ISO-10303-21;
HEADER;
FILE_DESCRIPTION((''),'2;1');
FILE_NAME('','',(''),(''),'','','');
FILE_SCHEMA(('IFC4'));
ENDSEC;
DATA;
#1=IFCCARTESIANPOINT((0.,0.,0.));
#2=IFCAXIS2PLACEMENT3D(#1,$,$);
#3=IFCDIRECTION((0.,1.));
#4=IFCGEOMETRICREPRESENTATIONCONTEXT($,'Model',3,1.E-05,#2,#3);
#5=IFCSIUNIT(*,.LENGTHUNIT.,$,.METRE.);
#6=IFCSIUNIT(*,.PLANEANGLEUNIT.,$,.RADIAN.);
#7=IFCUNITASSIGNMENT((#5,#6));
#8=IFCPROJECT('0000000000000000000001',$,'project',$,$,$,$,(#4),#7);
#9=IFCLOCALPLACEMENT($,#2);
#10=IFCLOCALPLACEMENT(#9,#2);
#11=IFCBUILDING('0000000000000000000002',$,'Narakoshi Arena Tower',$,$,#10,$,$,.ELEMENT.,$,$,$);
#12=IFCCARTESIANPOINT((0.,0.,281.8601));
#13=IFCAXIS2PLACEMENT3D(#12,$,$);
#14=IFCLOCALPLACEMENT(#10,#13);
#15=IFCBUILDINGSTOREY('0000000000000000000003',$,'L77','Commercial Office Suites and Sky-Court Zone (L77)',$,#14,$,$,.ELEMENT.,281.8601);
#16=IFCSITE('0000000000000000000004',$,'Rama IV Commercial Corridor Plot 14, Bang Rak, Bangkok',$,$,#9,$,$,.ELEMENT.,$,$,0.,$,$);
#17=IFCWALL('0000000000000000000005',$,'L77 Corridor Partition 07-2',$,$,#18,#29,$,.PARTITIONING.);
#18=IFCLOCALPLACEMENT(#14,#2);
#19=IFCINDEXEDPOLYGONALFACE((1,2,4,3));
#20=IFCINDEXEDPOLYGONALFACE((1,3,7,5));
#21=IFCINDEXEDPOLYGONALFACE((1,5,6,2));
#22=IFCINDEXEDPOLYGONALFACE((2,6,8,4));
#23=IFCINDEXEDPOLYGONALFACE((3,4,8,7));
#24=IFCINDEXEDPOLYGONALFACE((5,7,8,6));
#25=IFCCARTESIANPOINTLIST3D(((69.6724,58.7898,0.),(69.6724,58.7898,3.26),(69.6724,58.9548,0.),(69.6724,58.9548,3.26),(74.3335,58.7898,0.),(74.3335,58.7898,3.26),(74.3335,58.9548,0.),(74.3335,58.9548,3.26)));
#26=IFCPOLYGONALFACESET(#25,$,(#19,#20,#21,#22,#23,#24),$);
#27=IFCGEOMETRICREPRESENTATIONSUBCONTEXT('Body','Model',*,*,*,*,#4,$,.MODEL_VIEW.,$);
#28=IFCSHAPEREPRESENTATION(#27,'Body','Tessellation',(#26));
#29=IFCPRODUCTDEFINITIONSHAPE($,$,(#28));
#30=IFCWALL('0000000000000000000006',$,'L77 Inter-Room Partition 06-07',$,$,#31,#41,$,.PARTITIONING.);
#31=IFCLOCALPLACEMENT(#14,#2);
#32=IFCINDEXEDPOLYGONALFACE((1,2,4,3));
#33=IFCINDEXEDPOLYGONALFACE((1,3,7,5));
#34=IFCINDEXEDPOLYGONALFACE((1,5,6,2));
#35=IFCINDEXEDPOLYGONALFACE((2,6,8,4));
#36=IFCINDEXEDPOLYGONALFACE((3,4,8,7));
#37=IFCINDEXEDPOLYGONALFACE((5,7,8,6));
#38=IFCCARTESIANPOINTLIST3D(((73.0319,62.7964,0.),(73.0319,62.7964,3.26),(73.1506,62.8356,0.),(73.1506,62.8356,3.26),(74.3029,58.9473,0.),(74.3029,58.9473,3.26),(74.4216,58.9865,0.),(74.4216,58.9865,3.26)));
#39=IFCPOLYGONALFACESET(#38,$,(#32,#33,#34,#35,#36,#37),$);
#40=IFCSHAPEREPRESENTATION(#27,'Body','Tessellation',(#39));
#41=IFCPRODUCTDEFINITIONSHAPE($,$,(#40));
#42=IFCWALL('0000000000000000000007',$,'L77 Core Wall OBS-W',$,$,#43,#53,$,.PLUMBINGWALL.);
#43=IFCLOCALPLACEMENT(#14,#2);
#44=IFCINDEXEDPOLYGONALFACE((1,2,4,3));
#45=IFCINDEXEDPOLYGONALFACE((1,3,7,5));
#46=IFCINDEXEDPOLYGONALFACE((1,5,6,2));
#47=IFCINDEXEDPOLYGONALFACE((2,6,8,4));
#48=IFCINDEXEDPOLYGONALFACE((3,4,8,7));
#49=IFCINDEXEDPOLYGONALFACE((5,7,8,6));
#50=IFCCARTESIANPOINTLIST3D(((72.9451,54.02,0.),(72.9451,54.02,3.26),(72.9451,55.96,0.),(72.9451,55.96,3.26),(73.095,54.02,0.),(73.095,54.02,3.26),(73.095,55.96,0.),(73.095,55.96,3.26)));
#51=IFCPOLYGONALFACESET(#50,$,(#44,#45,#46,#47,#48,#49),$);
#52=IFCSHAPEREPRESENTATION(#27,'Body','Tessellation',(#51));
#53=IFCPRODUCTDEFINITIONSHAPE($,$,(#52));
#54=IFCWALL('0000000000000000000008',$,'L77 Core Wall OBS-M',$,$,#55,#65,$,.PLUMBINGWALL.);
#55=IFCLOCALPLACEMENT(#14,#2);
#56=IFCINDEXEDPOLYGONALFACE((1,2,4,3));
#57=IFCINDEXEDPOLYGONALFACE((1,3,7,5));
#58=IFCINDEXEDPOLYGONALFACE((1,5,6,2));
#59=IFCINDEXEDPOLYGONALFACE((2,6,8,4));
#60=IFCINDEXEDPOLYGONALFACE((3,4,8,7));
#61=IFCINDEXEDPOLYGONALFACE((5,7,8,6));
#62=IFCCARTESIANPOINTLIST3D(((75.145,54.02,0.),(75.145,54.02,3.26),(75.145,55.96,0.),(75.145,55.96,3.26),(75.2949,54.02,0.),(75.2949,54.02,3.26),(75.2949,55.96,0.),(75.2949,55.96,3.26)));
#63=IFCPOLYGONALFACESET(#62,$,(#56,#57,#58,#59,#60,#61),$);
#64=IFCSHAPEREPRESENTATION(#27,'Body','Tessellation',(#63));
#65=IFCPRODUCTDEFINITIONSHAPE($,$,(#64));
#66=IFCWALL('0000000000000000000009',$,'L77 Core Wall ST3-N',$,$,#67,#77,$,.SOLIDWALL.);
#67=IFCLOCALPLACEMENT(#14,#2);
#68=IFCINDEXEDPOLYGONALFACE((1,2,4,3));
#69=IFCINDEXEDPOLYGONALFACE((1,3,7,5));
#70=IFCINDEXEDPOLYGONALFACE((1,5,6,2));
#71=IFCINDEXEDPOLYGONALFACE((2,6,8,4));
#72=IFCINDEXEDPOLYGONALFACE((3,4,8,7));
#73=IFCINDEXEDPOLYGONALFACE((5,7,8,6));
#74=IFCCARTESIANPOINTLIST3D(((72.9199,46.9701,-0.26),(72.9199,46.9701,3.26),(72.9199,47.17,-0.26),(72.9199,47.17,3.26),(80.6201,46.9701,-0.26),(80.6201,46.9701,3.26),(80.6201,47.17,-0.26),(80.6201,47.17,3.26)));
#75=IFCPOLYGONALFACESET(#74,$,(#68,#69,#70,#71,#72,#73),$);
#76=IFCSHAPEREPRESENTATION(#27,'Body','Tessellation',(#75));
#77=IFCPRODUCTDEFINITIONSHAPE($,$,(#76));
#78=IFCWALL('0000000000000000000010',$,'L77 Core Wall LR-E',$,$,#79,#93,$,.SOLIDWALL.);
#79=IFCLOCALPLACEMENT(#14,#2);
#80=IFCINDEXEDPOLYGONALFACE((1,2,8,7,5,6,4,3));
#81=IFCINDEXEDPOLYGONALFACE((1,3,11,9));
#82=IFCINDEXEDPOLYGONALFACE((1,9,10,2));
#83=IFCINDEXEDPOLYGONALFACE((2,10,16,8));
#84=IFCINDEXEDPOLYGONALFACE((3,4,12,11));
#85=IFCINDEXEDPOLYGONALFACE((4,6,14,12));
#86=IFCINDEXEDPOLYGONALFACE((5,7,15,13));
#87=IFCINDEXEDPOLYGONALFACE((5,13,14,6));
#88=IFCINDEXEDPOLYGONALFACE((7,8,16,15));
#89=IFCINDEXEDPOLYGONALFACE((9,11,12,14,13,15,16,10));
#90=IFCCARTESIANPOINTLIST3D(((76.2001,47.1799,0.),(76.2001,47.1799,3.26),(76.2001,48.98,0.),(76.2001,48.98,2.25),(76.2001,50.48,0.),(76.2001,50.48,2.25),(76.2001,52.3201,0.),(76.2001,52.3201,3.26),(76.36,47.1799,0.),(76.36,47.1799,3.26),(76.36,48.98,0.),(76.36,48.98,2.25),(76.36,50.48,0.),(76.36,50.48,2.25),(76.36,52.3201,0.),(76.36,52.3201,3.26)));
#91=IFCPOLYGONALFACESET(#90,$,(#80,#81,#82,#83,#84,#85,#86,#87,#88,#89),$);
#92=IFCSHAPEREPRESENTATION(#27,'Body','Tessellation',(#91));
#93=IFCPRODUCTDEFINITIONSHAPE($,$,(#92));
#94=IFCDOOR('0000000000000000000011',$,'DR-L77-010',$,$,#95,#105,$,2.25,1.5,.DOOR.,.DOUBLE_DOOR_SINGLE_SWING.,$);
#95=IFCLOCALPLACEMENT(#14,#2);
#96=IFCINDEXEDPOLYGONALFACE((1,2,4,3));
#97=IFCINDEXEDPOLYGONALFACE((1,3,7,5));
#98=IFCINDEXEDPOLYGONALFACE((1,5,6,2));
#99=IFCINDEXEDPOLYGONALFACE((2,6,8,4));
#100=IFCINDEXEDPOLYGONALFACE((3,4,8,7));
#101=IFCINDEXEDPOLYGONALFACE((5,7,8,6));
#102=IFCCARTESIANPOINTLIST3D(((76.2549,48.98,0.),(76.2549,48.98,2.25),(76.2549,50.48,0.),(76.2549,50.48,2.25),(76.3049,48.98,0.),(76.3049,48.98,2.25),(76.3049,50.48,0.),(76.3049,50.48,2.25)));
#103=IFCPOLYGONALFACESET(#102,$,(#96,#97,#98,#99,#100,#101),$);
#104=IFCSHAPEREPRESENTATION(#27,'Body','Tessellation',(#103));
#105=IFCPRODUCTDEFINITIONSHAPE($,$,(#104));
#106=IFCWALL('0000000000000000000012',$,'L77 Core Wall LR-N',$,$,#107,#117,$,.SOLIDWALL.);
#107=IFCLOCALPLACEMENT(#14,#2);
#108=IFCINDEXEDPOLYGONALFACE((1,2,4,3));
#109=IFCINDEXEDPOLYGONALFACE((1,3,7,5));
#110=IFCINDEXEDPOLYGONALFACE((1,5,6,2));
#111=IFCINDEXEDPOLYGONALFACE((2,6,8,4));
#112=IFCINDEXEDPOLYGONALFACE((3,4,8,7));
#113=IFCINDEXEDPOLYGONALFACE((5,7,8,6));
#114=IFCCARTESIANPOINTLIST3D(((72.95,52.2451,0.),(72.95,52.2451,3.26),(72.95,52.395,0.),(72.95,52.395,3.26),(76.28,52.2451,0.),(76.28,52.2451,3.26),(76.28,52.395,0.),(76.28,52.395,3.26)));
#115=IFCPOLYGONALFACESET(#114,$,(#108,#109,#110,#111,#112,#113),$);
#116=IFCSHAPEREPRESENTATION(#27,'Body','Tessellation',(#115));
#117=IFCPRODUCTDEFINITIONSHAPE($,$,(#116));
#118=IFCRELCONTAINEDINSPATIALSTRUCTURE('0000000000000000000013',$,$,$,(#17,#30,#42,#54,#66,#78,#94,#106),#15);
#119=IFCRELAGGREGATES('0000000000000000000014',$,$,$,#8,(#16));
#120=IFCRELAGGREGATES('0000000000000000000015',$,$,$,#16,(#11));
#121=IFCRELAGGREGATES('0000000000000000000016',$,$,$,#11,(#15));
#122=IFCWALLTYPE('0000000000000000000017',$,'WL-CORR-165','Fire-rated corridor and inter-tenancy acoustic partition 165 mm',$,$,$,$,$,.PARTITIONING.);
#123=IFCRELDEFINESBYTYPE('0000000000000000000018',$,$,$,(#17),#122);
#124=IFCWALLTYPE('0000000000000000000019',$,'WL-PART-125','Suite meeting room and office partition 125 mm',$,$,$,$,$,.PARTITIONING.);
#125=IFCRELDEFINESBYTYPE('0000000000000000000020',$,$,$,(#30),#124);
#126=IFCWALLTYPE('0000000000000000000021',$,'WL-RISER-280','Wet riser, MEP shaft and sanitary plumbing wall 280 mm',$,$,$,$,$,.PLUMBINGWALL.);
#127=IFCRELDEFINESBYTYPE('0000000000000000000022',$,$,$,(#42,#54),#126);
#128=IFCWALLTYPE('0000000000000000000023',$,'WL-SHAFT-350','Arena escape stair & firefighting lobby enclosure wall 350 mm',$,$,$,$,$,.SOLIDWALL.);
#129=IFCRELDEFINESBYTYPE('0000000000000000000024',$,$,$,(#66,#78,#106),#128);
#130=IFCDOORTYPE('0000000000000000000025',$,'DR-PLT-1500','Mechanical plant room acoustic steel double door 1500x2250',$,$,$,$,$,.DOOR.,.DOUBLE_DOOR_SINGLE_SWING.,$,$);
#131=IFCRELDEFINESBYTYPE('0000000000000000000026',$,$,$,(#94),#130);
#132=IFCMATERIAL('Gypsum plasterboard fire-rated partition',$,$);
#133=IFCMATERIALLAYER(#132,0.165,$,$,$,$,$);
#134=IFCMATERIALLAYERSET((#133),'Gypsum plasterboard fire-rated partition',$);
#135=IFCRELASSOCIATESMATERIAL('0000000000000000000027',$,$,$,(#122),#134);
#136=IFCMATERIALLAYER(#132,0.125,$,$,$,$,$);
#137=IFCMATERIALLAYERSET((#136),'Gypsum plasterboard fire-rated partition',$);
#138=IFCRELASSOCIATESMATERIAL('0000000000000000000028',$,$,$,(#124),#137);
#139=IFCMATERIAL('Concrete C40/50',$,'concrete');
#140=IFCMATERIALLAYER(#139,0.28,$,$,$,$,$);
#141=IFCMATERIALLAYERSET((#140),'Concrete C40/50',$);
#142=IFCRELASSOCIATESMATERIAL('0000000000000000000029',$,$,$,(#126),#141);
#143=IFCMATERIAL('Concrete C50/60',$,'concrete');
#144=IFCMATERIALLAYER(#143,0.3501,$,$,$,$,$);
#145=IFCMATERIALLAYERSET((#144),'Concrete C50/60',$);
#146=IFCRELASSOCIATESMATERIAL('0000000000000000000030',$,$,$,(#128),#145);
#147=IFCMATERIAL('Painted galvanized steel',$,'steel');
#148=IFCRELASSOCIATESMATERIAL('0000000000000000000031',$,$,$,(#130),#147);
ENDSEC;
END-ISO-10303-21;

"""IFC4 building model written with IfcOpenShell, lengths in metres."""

from ifc_helpers import new_model, si_unit, direction, frame, frame_2d, origin, place, context, subcontext, project, spatial, rectangle, extrude, material, layer, layer_set, type_object, element, fill, save


model = new_model("IFC4")

# Units and contexts
model_context = context("Model", 3, precision=1e-05, world=origin(), true_north=direction((0.0, 1.0)))
body_context = subcontext(model_context, "Body", "Model", "MODEL_VIEW")
ifc_project = project(units=[si_unit("LENGTHUNIT", "METRE"), si_unit("PLANEANGLEUNIT", "RADIAN")], contexts=[model_context])

# Site, building, storey
site_placement = place(None, origin())
site = spatial("IfcSite", under=ifc_project, at=site_placement, Name="Rama IV Commercial Corridor Plot 14, Bang Rak, Bangkok", CompositionType="ELEMENT", RefElevation=0.0)
building_placement = place(site_placement, origin())
building = spatial("IfcBuilding", under=site, at=building_placement, Name="Narakoshi Arena Tower", CompositionType="ELEMENT")
storey_placement = place(building_placement, frame((0.0, 0.0, 281.8601)))
storey = spatial("IfcBuildingStorey", under=building, at=storey_placement, Name="L77", Description="Commercial Office Suites and Sky-Court Zone (L77)", CompositionType="ELEMENT", Elevation=281.8601)

# Walls
ifc_material_1 = material(Name="Gypsum plasterboard fire-rated partition")
ifc_layer_1 = layer(ifc_material_1, 0.165)
ifc_layer_set_1 = layer_set([ifc_layer_1], Name="Gypsum plasterboard fire-rated partition")
wall_type_1 = type_object("IfcWallType", Name="WL-CORR-165", Description="Fire-rated corridor and inter-tenancy acoustic partition 165 mm", PredefinedType="PARTITIONING", material=ifc_layer_set_1)
wall_1_placement = place(storey_placement, frame((74.3335, 58.8723, 0.0), z_axis=(0.0, 0.0, 1.0), x_axis=(-1.0, 0.0, 0.0)))
element("IfcWall", 1, at=wall_1_placement, inside=storey, type_object=wall_type_1, Name="L77 Corridor Partition 07-2", PredefinedType="PARTITIONING", context=body_context, shape_type="SweptSolid", body=[
    extrude(rectangle(XDim=4.6611, YDim=0.165, at=frame_2d((2.3306, 0.0))), origin(), (0.0, 0.0, 1.0), 3.26),
])
ifc_layer_2 = layer(ifc_material_1, 0.125)
ifc_layer_set_2 = layer_set([ifc_layer_2], Name="Gypsum plasterboard fire-rated partition")
wall_type_2 = type_object("IfcWallType", Name="WL-PART-125", Description="Suite meeting room and office partition 125 mm", PredefinedType="PARTITIONING", material=ifc_layer_set_2)
wall_2_placement = place(storey_placement, frame((74.3623, 58.9668, 0.0), z_axis=(0.0, 0.0, 1.0), x_axis=(-0.313552, 0.949571, 0.0)))
element("IfcWall", 2, at=wall_2_placement, inside=storey, type_object=wall_type_2, Name="L77 Inter-Room Partition 06-07", PredefinedType="PARTITIONING", context=body_context, shape_type="SweptSolid", body=[
    extrude(rectangle(XDim=4.0535, YDim=0.125, at=frame_2d((2.0269, 0.0))), origin(), (0.0, 0.0, 1.0), 3.26),
])
ifc_material_2 = material(Name="Concrete C40/50", Category="concrete")
ifc_layer_3 = layer(ifc_material_2, 0.28)
ifc_layer_set_3 = layer_set([ifc_layer_3], Name="Concrete C40/50")
wall_type_3 = type_object("IfcWallType", Name="WL-RISER-280", Description="Wet riser, MEP shaft and sanitary plumbing wall 280 mm", PredefinedType="PLUMBINGWALL", material=ifc_layer_set_3)
for number, where, z_axis, x_axis, name in (
    (3, (73.02, 54.02, 0.0), (0.0, 0.0, 1.0), (0.0, 1.0, 0.0), "L77 Core Wall OBS-W"),
    (4, (75.22, 54.02, 0.0), (0.0, 0.0, 1.0), (0.0, 1.0, 0.0), "L77 Core Wall OBS-M"),
):
    element("IfcWall", number, at=place(storey_placement, frame(where, z_axis=z_axis, x_axis=x_axis)), inside=storey, type_object=wall_type_3, Name=name, PredefinedType="PLUMBINGWALL", context=body_context, shape_type="SweptSolid", body=[
        extrude(rectangle(XDim=1.9399, YDim=0.1499, at=frame_2d((0.97, 0.0))), origin(), (0.0, 0.0, 1.0), 3.26),
    ])
ifc_material_3 = material(Name="Concrete C50/60", Category="concrete")
ifc_layer_4 = layer(ifc_material_3, 0.3501)
ifc_layer_set_4 = layer_set([ifc_layer_4], Name="Concrete C50/60")
wall_type_4 = type_object("IfcWallType", Name="WL-SHAFT-350", Description="Arena escape stair & firefighting lobby enclosure wall 350 mm", PredefinedType="SOLIDWALL", material=ifc_layer_set_4)
wall_3_placement = place(storey_placement, frame((72.9199, 47.0701, -0.26), z_axis=(0.0, 0.0, 1.0), x_axis=(1.0, 0.0, 0.0)))
element("IfcWall", 5, at=wall_3_placement, inside=storey, type_object=wall_type_4, Name="L77 Core Wall ST3-N", PredefinedType="SOLIDWALL", context=body_context, shape_type="SweptSolid", body=[
    extrude(rectangle(XDim=7.7002, YDim=0.2, at=frame_2d((3.8501, 0.0))), origin(), (0.0, 0.0, 1.0), 3.52),
])

# Wall, opening, door
wall_4_placement = place(storey_placement, frame((76.28, 47.1799, 0.0), z_axis=(0.0, 0.0, 1.0), x_axis=(0.0, 1.0, 0.0)))
wall_4 = element("IfcWall", 6, at=wall_4_placement, inside=storey, type_object=wall_type_4, Name="L77 Core Wall LR-E", PredefinedType="SOLIDWALL", context=body_context, shape_type="SweptSolid", body=[
    extrude(rectangle(XDim=5.1401, YDim=0.1599, at=frame_2d((2.5701, 0.0))), origin(), (0.0, 0.0, 1.0), 3.26),
])
opening_1_placement = place(wall_4_placement, frame((1.8, 0.0, 0.0)))
opening_1 = element("IfcOpeningElement", 7, at=opening_1_placement, cuts=wall_4, PredefinedType="OPENING", context=body_context, shape_type="SweptSolid", body=[
    extrude(rectangle(XDim=1.5, YDim=2.25, at=frame_2d((0.75, 1.125))), frame((0.0, 0.0898, 0.0), z_axis=(0.0, -1.0, 0.0), x_axis=(1.0, 0.0, 0.0)), (0.0, 0.0, 1.0), 0.1799),
])
ifc_material_4 = material(Name="Painted galvanized steel", Category="steel")
door_type_1 = type_object("IfcDoorType", Name="DR-PLT-1500", Description="Mechanical plant room acoustic steel double door 1500x2250", OperationType="DOUBLE_DOOR_SINGLE_SWING", PredefinedType="DOOR", material=ifc_material_4)
door_1_placement = place(opening_1_placement, frame((1.5, 0.0, 0.0), z_axis=(0.0, 0.0, 1.0), x_axis=(-1.0, 0.0, 0.0)))
door_1 = element("IfcDoor", 8, at=door_1_placement, inside=storey, type_object=door_type_1, Name="DR-L77-010", OperationType="DOUBLE_DOOR_SINGLE_SWING", OverallHeight=2.25, OverallWidth=1.5, PredefinedType="DOOR", context=body_context, shape_type="SweptSolid", body=[
    extrude(rectangle(XDim=1.5, YDim=2.25, at=frame_2d((0.75, 1.125))), frame((0.0, 0.0249, 0.0), z_axis=(0.0, -1.0, 0.0), x_axis=(1.0, 0.0, 0.0)), (0.0, 0.0, 1.0), 0.05),
])
fill(opening_1, door_1)

# Wall
wall_5_placement = place(storey_placement, frame((72.95, 52.3201, 0.0), z_axis=(0.0, 0.0, 1.0), x_axis=(1.0, 0.0, 0.0)))
element("IfcWall", 9, at=wall_5_placement, inside=storey, type_object=wall_type_4, Name="L77 Core Wall LR-N", PredefinedType="SOLIDWALL", context=body_context, shape_type="SweptSolid", body=[
    extrude(rectangle(XDim=3.3301, YDim=0.1499, at=frame_2d((1.665, 0.0))), origin(), (0.0, 0.0, 1.0), 3.26),
])

save(model, "model.ifc")
